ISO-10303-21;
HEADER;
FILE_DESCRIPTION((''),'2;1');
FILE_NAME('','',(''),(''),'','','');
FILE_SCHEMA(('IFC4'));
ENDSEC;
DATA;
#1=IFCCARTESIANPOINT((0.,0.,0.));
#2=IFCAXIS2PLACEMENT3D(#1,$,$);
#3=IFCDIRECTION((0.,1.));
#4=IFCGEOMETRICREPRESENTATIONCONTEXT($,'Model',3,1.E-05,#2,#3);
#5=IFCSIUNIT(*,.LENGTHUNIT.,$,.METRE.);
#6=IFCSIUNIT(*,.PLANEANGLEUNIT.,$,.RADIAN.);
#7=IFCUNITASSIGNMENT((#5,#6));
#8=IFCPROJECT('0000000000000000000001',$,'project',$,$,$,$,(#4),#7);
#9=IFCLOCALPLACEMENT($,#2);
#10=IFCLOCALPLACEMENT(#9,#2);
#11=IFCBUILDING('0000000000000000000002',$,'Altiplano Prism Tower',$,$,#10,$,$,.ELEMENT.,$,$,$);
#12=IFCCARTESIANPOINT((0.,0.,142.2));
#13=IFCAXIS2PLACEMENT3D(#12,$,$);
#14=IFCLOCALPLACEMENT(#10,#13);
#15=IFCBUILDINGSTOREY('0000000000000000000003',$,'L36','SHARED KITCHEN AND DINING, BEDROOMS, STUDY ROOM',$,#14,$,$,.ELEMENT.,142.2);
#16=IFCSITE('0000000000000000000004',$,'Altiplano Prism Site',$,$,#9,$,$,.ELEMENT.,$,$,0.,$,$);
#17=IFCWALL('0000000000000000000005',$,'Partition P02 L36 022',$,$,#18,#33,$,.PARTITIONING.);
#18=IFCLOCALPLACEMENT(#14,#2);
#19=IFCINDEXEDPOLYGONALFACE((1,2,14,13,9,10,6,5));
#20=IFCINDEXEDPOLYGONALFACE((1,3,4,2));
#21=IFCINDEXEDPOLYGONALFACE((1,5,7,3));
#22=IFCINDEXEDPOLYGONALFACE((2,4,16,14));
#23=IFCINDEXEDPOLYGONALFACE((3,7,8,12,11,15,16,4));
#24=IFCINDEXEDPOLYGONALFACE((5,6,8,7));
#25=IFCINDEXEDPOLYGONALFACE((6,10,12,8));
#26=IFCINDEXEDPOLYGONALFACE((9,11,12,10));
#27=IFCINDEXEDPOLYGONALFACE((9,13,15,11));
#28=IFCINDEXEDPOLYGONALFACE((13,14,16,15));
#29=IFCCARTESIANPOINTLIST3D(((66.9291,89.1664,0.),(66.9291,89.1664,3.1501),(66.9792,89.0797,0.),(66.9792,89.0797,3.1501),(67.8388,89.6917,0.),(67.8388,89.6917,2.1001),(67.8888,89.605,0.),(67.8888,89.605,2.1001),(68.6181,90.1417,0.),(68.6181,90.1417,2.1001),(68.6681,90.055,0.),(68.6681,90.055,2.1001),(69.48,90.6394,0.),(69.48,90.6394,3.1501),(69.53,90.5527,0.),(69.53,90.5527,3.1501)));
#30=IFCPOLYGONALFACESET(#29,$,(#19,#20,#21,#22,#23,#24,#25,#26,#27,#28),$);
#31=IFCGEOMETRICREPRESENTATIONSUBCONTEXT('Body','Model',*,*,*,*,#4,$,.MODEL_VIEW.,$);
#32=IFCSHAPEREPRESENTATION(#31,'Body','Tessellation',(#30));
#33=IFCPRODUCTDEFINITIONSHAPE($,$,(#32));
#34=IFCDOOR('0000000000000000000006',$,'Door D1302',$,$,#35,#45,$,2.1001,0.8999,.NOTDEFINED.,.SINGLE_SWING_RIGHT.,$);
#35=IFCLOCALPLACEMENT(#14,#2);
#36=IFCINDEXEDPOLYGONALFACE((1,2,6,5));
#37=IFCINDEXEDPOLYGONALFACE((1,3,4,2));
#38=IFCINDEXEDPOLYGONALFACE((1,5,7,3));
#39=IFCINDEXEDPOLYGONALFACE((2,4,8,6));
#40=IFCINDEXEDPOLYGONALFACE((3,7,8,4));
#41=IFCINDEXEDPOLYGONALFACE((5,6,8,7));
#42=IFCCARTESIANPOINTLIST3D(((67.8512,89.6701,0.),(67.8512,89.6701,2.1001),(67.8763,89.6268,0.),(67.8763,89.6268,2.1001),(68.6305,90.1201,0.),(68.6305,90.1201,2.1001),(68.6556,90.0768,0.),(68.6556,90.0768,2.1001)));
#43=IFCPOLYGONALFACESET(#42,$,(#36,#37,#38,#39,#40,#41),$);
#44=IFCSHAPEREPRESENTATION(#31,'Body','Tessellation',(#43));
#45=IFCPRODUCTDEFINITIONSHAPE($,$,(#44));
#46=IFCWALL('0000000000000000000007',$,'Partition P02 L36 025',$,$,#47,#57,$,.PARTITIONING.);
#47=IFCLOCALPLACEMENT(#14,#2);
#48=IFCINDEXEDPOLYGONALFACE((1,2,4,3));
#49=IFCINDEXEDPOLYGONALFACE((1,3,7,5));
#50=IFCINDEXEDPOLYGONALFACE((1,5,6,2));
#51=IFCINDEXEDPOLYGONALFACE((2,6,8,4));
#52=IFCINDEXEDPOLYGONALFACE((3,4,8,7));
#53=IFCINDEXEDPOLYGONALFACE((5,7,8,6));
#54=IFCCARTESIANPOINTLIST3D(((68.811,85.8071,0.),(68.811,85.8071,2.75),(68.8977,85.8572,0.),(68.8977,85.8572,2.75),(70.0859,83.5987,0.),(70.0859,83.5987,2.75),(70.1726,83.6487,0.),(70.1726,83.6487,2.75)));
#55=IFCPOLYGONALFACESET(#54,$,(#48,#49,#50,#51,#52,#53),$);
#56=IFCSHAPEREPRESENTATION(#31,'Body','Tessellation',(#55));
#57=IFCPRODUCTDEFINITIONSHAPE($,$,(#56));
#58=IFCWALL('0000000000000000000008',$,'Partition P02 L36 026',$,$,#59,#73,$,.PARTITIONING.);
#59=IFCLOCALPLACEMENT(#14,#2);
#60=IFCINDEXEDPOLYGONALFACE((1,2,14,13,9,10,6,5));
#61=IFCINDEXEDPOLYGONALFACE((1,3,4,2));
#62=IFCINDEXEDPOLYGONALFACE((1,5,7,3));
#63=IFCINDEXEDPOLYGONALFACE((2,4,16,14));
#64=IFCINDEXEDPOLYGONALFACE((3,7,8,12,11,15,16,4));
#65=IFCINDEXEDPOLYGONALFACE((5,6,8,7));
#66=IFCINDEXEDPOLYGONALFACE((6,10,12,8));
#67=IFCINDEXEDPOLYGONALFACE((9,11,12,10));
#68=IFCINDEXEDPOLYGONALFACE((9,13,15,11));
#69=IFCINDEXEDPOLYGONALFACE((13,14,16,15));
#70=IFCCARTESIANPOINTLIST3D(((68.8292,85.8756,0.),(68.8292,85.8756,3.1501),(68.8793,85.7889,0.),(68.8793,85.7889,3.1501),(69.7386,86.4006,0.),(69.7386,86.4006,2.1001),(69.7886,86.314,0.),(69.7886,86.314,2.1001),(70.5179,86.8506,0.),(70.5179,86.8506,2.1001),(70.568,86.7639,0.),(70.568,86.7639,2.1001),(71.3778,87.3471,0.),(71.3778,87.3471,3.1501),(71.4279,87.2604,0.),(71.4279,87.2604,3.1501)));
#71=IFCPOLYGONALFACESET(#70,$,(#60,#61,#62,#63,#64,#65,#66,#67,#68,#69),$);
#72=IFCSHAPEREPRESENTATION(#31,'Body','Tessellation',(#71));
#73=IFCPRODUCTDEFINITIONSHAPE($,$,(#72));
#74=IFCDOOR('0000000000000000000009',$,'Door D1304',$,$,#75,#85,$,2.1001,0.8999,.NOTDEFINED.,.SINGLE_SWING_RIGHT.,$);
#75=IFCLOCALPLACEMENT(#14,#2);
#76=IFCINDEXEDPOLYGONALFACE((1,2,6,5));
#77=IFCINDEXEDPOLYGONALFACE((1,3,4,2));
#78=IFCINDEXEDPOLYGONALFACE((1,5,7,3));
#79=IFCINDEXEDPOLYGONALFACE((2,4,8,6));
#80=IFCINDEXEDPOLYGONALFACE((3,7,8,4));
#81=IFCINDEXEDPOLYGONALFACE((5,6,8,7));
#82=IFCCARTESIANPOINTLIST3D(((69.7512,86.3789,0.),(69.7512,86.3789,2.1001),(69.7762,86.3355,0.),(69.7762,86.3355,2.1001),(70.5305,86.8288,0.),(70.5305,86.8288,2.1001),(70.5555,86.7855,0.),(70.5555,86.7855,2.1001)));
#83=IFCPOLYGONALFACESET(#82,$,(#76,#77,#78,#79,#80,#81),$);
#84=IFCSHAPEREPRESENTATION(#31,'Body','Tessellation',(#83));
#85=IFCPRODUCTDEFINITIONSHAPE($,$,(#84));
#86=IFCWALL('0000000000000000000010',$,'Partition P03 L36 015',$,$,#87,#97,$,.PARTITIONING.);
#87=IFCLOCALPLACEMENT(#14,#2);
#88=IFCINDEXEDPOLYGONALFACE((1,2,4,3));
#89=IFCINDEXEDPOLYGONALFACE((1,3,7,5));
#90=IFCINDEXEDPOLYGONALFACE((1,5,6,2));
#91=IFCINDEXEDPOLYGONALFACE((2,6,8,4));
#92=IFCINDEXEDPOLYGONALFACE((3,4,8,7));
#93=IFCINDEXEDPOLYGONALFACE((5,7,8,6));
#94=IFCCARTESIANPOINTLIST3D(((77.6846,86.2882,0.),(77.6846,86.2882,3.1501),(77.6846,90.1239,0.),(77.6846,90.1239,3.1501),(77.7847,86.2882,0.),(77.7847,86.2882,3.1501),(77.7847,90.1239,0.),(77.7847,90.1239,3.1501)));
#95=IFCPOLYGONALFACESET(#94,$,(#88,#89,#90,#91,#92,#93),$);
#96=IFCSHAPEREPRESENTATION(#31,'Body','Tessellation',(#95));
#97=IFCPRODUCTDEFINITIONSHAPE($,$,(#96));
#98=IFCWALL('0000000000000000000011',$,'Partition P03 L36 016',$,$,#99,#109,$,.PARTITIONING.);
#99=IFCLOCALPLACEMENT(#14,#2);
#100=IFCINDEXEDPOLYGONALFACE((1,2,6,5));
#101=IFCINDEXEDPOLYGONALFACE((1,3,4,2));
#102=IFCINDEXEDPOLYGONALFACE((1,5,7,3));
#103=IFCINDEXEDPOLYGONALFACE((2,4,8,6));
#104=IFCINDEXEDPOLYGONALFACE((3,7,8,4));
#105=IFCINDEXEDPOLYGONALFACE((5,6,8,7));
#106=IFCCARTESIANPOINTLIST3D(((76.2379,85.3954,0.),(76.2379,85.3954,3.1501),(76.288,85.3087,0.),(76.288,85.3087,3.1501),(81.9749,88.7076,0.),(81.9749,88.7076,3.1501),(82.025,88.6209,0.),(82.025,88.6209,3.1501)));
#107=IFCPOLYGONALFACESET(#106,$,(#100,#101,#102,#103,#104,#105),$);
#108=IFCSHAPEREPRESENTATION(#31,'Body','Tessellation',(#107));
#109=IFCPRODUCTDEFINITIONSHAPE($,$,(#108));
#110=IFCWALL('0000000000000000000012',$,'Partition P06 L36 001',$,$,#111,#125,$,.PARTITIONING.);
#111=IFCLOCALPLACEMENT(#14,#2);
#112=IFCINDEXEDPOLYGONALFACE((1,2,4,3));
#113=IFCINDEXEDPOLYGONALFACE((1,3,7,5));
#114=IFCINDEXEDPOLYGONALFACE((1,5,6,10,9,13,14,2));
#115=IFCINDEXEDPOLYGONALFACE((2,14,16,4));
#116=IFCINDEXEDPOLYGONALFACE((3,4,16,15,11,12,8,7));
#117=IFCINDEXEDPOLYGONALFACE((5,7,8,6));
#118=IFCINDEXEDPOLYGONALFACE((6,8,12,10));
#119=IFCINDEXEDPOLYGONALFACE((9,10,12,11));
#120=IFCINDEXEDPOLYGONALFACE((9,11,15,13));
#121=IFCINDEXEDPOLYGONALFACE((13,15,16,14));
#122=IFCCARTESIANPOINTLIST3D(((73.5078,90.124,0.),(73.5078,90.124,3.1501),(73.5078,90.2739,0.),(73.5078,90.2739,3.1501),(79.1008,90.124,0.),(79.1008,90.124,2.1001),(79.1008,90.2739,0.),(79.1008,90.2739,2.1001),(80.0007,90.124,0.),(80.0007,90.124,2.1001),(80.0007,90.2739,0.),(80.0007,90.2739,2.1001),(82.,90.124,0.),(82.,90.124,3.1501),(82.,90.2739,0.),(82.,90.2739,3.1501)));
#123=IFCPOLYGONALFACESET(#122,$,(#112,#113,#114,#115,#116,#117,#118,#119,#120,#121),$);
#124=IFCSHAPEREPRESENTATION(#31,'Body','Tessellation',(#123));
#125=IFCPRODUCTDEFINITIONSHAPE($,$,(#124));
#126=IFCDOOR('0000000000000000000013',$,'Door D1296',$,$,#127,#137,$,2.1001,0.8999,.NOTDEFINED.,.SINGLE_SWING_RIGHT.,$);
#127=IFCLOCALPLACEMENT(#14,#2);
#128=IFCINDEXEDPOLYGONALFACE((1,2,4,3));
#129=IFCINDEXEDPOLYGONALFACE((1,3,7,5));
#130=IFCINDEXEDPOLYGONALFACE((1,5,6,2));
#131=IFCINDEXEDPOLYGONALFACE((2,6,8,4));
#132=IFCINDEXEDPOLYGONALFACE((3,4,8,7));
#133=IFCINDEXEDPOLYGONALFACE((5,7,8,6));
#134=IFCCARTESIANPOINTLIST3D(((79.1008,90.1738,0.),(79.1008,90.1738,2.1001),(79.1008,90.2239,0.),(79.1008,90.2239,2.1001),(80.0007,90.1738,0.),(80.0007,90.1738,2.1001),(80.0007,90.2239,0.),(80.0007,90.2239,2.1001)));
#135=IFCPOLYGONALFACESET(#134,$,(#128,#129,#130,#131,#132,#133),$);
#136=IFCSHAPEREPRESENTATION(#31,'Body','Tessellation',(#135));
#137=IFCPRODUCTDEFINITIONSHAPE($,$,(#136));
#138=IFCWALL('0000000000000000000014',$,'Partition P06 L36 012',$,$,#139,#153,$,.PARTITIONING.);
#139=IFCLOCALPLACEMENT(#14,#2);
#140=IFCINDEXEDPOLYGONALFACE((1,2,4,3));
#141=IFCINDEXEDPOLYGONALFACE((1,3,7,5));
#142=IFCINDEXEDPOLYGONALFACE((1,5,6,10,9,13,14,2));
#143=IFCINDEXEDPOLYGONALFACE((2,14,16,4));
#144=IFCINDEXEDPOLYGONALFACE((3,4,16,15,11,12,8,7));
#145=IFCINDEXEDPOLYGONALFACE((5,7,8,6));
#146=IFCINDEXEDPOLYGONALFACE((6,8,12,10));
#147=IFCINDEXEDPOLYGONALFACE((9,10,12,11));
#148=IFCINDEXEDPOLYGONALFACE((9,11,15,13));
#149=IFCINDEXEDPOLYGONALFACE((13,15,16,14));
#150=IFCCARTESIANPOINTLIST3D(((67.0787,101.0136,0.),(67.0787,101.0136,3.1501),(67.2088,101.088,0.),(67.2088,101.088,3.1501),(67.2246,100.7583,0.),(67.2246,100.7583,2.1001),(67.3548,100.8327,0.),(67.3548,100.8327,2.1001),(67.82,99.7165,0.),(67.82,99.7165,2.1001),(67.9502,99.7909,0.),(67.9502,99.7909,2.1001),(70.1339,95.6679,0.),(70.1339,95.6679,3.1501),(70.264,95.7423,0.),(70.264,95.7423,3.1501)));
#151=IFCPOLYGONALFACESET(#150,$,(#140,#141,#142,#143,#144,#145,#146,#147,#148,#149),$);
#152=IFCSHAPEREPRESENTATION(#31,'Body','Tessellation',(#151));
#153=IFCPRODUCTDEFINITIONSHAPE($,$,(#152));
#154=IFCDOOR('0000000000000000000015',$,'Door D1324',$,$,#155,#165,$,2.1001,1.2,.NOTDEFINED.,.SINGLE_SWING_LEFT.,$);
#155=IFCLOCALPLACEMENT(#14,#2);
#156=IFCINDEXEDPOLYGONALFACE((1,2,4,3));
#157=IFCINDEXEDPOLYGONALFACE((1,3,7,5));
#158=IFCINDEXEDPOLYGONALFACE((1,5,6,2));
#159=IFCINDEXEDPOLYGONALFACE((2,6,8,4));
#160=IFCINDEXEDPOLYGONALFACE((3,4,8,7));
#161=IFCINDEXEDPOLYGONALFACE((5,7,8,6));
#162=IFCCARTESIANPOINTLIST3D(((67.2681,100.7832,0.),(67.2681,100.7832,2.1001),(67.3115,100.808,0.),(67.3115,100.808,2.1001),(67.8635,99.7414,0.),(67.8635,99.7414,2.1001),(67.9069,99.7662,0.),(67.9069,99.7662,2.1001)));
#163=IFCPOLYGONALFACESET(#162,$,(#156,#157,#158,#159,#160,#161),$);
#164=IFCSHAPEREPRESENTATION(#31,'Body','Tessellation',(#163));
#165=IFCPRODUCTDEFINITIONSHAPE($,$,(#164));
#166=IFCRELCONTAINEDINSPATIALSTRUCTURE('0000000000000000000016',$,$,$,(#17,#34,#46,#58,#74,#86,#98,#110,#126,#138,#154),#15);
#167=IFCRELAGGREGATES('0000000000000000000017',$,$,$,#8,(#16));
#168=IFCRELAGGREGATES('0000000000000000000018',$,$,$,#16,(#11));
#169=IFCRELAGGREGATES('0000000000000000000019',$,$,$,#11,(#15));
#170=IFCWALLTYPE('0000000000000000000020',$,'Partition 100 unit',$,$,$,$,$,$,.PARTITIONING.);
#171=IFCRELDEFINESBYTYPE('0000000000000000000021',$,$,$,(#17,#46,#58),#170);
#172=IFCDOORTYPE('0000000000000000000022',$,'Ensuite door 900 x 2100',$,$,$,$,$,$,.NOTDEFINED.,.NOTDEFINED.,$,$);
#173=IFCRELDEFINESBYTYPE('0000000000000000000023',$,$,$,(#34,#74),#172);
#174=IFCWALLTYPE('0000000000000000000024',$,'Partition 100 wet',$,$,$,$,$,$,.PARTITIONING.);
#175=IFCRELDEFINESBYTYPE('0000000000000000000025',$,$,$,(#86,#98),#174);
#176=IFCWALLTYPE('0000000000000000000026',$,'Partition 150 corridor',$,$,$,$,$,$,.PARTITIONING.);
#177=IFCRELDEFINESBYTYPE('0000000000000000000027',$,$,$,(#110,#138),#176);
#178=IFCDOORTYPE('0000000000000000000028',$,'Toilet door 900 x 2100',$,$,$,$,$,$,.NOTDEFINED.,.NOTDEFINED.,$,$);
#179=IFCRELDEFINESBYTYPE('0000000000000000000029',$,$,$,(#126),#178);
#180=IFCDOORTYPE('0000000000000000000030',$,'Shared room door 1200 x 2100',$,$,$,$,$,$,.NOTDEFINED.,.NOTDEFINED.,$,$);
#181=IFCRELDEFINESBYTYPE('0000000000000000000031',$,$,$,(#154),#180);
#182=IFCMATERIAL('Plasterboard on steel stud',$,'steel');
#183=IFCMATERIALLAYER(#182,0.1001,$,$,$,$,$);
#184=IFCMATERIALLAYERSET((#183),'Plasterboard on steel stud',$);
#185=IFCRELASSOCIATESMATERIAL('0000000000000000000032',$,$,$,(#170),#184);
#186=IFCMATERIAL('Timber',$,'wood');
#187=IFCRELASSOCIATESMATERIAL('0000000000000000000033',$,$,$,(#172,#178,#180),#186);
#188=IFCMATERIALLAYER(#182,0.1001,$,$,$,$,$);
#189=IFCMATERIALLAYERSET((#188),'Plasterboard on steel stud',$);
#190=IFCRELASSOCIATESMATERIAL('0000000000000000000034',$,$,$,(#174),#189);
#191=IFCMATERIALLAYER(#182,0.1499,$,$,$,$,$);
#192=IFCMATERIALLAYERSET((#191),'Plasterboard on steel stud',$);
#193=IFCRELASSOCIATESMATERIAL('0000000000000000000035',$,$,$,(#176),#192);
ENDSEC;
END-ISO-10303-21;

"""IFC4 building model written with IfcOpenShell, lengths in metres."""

from ifc_helpers import new_model, si_unit, direction, frame, frame_2d, origin, place, context, subcontext, project, spatial, rectangle, extrude, material, layer, layer_set, type_object, element, fill, save


model = new_model("IFC4")

# Units and contexts
model_context = context("Model", 3, precision=1e-05, world=origin(), true_north=direction((0.0, 1.0)))
body_context = subcontext(model_context, "Body", "Model", "MODEL_VIEW")
ifc_project = project(units=[si_unit("LENGTHUNIT", "METRE"), si_unit("PLANEANGLEUNIT", "RADIAN")], contexts=[model_context])

# Site, building, storey
site_placement = place(None, origin())
site = spatial("IfcSite", under=ifc_project, at=site_placement, Name="Altiplano Prism Site", CompositionType="ELEMENT", RefElevation=0.0)
building_placement = place(site_placement, origin())
building = spatial("IfcBuilding", under=site, at=building_placement, Name="Altiplano Prism Tower", CompositionType="ELEMENT")
storey_placement = place(building_placement, frame((0.0, 0.0, 142.2)))
storey = spatial("IfcBuildingStorey", under=building, at=storey_placement, Name="L36", Description="SHARED KITCHEN AND DINING, BEDROOMS, STUDY ROOM", CompositionType="ELEMENT", Elevation=142.2)

# Wall, opening, door
ifc_material_1 = material(Name="Plasterboard on steel stud", Category="steel")
ifc_layer_1 = layer(ifc_material_1, 0.1001)
ifc_layer_set_1 = layer_set([ifc_layer_1], Name="Plasterboard on steel stud")
wall_type_1 = type_object("IfcWallType", Name="Partition 100 unit", PredefinedType="PARTITIONING", material=ifc_layer_set_1)
wall_1_placement = place(storey_placement, frame((69.5049, 90.5959, 0.0), z_axis=(0.0, 0.0, 1.0), x_axis=(-0.865995, -0.500052, 0.0)))
wall_1 = element("IfcWall", 1, at=wall_1_placement, inside=storey, type_object=wall_type_1, Name="Partition P02 L36 022", PredefinedType="PARTITIONING", context=body_context, shape_type="SweptSolid", body=[
    extrude(rectangle(XDim=2.9456, YDim=0.1001, at=frame_2d((1.4727, 0.0))), origin(), (0.0, 0.0, 1.0), 3.1501),
])
opening_1_placement = place(wall_1_placement, frame((0.9951, 0.0, 0.0)))
opening_1 = element("IfcOpeningElement", 2, at=opening_1_placement, cuts=wall_1, PredefinedType="OPENING", context=body_context, shape_type="SweptSolid", body=[
    extrude(rectangle(XDim=0.8999, YDim=2.1001, at=frame_2d((0.45, 1.05))), frame((0.0, 0.0605, 0.0), z_axis=(0.0, -1.0, 0.0), x_axis=(1.0, 0.0, 0.0)), (0.0, 0.0, 1.0), 0.1211),
])
ifc_material_2 = material(Name="Timber", Category="wood")
door_type_1 = type_object("IfcDoorType", Name="Ensuite door 900 x 2100", OperationType="NOTDEFINED", PredefinedType="NOTDEFINED", material=ifc_material_2)
door_1_placement = place(opening_1_placement, origin())
door_1 = element("IfcDoor", 3, at=door_1_placement, inside=storey, type_object=door_type_1, Name="Door D1302", OperationType="SINGLE_SWING_RIGHT", OverallHeight=2.1001, OverallWidth=0.8999, PredefinedType="NOTDEFINED", context=body_context, shape_type="SweptSolid", body=[
    extrude(rectangle(XDim=0.8999, YDim=2.1001, at=frame_2d((0.45, 1.05))), frame((0.0, 0.0249, 0.0), z_axis=(0.0, -1.0, 0.0), x_axis=(1.0, 0.0, 0.0)), (0.0, 0.0, 1.0), 0.05),
])
fill(opening_1, door_1)

# Wall
wall_2_placement = place(storey_placement, frame((70.1292, 83.6238, 0.0), z_axis=(0.0, 0.0, 1.0), x_axis=(-0.499949, 0.866055, 0.0)))
element("IfcWall", 4, at=wall_2_placement, inside=storey, type_object=wall_type_1, Name="Partition P02 L36 025", PredefinedType="PARTITIONING", context=body_context, shape_type="SweptSolid", body=[
    extrude(rectangle(XDim=2.55, YDim=0.1001, at=frame_2d((1.2749, 0.0))), origin(), (0.0, 0.0, 1.0), 2.75),
])

# Wall, opening, door
wall_3_placement = place(storey_placement, frame((68.8542, 85.8323, 0.0), z_axis=(0.0, 0.0, 1.0), x_axis=(0.866024, 0.500003, 0.0)))
wall_3 = element("IfcWall", 5, at=wall_3_placement, inside=storey, type_object=wall_type_1, Name="Partition P02 L36 026", PredefinedType="PARTITIONING", context=body_context, shape_type="SweptSolid", body=[
    extrude(rectangle(XDim=2.9429, YDim=0.1001, at=frame_2d((1.4714, 0.0))), origin(), (0.0, 0.0, 1.0), 3.1501),
])
opening_2_placement = place(wall_3_placement, frame((1.05, 0.0, 0.0)))
opening_2 = element("IfcOpeningElement", 6, at=opening_2_placement, cuts=wall_3, PredefinedType="OPENING", context=body_context, shape_type="SweptSolid", body=[
    extrude(rectangle(XDim=0.8999, YDim=2.1001, at=frame_2d((0.45, 1.05))), frame((0.0, 0.0605, 0.0), z_axis=(0.0, -1.0, 0.0), x_axis=(1.0, 0.0, 0.0)), (0.0, 0.0, 1.0), 0.1211),
])
door_2_placement = place(opening_2_placement, origin())
door_2 = element("IfcDoor", 7, at=door_2_placement, inside=storey, type_object=door_type_1, Name="Door D1304", OperationType="SINGLE_SWING_RIGHT", OverallHeight=2.1001, OverallWidth=0.8999, PredefinedType="NOTDEFINED", context=body_context, shape_type="SweptSolid", body=[
    extrude(rectangle(XDim=0.8999, YDim=2.1001, at=frame_2d((0.45, 1.05))), frame((0.0, 0.0249, 0.0), z_axis=(0.0, -1.0, 0.0), x_axis=(1.0, 0.0, 0.0)), (0.0, 0.0, 1.0), 0.05),
])
fill(opening_2, door_2)

# Walls
ifc_layer_2 = layer(ifc_material_1, 0.1001)
ifc_layer_set_2 = layer_set([ifc_layer_2], Name="Plasterboard on steel stud")
wall_type_2 = type_object("IfcWallType", Name="Partition 100 wet", PredefinedType="PARTITIONING", material=ifc_layer_set_2)
wall_4_placement = place(storey_placement, frame((77.7346, 90.124, 0.0), z_axis=(0.0, 0.0, 1.0), x_axis=(0.0, -1.0, 0.0)))
element("IfcWall", 8, at=wall_4_placement, inside=storey, type_object=wall_type_2, Name="Partition P03 L36 015", PredefinedType="PARTITIONING", context=body_context, shape_type="SweptSolid", body=[
    extrude(rectangle(XDim=3.8357, YDim=0.1001, at=frame_2d((1.918, 0.0))), origin(), (0.0, 0.0, 1.0), 3.1501),
])
wall_5_placement = place(storey_placement, frame((76.2629, 85.3521, 0.0), z_axis=(0.0, 0.0, 1.0), x_axis=(0.866028, 0.499996, 0.0)))
element("IfcWall", 9, at=wall_5_placement, inside=storey, type_object=wall_type_2, Name="Partition P03 L36 016", PredefinedType="PARTITIONING", context=body_context, shape_type="SweptSolid", body=[
    extrude(rectangle(XDim=6.6245, YDim=0.1001, at=frame_2d((3.3123, 0.0))), origin(), (0.0, 0.0, 1.0), 3.1501),
])

# Walls, openings, doors
ifc_layer_3 = layer(ifc_material_1, 0.1499)
ifc_layer_set_3 = layer_set([ifc_layer_3], Name="Plasterboard on steel stud")
wall_type_3 = type_object("IfcWallType", Name="Partition 150 corridor", PredefinedType="PARTITIONING", material=ifc_layer_set_3)
wall_6_placement = place(storey_placement, frame((73.5078, 90.199, 0.0), z_axis=(0.0, 0.0, 1.0), x_axis=(1.0, 0.0, 0.0)))
wall_6 = element("IfcWall", 10, at=wall_6_placement, inside=storey, type_object=wall_type_3, Name="Partition P06 L36 001", PredefinedType="PARTITIONING", context=body_context, shape_type="SweptSolid", body=[
    extrude(rectangle(XDim=8.4922, YDim=0.1499, at=frame_2d((4.2461, 0.0))), origin(), (0.0, 0.0, 1.0), 3.1501),
])
opening_3_placement = place(wall_6_placement, frame((5.593, 0.0, 0.0)))
opening_3 = element("IfcOpeningElement", 11, at=opening_3_placement, cuts=wall_6, PredefinedType="OPENING", context=body_context, shape_type="SweptSolid", body=[
    extrude(rectangle(XDim=0.8999, YDim=2.1001, at=frame_2d((0.45, 1.05))), frame((0.0, 0.0854, 0.0), z_axis=(0.0, -1.0, 0.0), x_axis=(1.0, 0.0, 0.0)), (0.0, 0.0, 1.0), 0.1709),
])
door_type_2 = type_object("IfcDoorType", Name="Toilet door 900 x 2100", OperationType="NOTDEFINED", PredefinedType="NOTDEFINED", material=ifc_material_2)
door_3_placement = place(opening_3_placement, origin())
door_3 = element("IfcDoor", 12, at=door_3_placement, inside=storey, type_object=door_type_2, Name="Door D1296", OperationType="SINGLE_SWING_RIGHT", OverallHeight=2.1001, OverallWidth=0.8999, PredefinedType="NOTDEFINED", context=body_context, shape_type="SweptSolid", body=[
    extrude(rectangle(XDim=0.8999, YDim=2.1001, at=frame_2d((0.45, 1.05))), frame((0.0, 0.0249, 0.0), z_axis=(0.0, -1.0, 0.0), x_axis=(1.0, 0.0, 0.0)), (0.0, 0.0, 1.0), 0.05),
])
fill(opening_3, door_3)
wall_7_placement = place(storey_placement, frame((70.199, 95.7051, 0.0), z_axis=(0.0, 0.0, 1.0), x_axis=(-0.496199, 0.868209, 0.0)))
wall_7 = element("IfcWall", 13, at=wall_7_placement, inside=storey, type_object=wall_type_3, Name="Partition P06 L36 012", PredefinedType="PARTITIONING", context=body_context, shape_type="SweptSolid", body=[
    extrude(rectangle(XDim=6.1572, YDim=0.1499, at=frame_2d((3.0786, 0.0))), origin(), (0.0, 0.0, 1.0), 3.1501),
])
opening_4_placement = place(wall_7_placement, frame((4.6631, 0.0, 0.0)))
opening_4 = element("IfcOpeningElement", 14, at=opening_4_placement, cuts=wall_7, PredefinedType="OPENING", context=body_context, shape_type="SweptSolid", body=[
    extrude(rectangle(XDim=1.2, YDim=2.1001, at=frame_2d((0.6001, 1.05))), frame((0.0, 0.0854, 0.0), z_axis=(0.0, -1.0, 0.0), x_axis=(1.0, 0.0, 0.0)), (0.0, 0.0, 1.0), 0.1709),
])
door_type_3 = type_object("IfcDoorType", Name="Shared room door 1200 x 2100", OperationType="NOTDEFINED", PredefinedType="NOTDEFINED", material=ifc_material_2)
door_4_placement = place(opening_4_placement, origin())
door_4 = element("IfcDoor", 15, at=door_4_placement, inside=storey, type_object=door_type_3, Name="Door D1324", OperationType="SINGLE_SWING_LEFT", OverallHeight=2.1001, OverallWidth=1.2, PredefinedType="NOTDEFINED", context=body_context, shape_type="SweptSolid", body=[
    extrude(rectangle(XDim=1.2, YDim=2.1001, at=frame_2d((0.6001, 1.05))), frame((0.0, 0.0249, 0.0), z_axis=(0.0, -1.0, 0.0), x_axis=(1.0, 0.0, 0.0)), (0.0, 0.0, 1.0), 0.05),
])
fill(opening_4, door_4)

save(model, "model.ifc")
